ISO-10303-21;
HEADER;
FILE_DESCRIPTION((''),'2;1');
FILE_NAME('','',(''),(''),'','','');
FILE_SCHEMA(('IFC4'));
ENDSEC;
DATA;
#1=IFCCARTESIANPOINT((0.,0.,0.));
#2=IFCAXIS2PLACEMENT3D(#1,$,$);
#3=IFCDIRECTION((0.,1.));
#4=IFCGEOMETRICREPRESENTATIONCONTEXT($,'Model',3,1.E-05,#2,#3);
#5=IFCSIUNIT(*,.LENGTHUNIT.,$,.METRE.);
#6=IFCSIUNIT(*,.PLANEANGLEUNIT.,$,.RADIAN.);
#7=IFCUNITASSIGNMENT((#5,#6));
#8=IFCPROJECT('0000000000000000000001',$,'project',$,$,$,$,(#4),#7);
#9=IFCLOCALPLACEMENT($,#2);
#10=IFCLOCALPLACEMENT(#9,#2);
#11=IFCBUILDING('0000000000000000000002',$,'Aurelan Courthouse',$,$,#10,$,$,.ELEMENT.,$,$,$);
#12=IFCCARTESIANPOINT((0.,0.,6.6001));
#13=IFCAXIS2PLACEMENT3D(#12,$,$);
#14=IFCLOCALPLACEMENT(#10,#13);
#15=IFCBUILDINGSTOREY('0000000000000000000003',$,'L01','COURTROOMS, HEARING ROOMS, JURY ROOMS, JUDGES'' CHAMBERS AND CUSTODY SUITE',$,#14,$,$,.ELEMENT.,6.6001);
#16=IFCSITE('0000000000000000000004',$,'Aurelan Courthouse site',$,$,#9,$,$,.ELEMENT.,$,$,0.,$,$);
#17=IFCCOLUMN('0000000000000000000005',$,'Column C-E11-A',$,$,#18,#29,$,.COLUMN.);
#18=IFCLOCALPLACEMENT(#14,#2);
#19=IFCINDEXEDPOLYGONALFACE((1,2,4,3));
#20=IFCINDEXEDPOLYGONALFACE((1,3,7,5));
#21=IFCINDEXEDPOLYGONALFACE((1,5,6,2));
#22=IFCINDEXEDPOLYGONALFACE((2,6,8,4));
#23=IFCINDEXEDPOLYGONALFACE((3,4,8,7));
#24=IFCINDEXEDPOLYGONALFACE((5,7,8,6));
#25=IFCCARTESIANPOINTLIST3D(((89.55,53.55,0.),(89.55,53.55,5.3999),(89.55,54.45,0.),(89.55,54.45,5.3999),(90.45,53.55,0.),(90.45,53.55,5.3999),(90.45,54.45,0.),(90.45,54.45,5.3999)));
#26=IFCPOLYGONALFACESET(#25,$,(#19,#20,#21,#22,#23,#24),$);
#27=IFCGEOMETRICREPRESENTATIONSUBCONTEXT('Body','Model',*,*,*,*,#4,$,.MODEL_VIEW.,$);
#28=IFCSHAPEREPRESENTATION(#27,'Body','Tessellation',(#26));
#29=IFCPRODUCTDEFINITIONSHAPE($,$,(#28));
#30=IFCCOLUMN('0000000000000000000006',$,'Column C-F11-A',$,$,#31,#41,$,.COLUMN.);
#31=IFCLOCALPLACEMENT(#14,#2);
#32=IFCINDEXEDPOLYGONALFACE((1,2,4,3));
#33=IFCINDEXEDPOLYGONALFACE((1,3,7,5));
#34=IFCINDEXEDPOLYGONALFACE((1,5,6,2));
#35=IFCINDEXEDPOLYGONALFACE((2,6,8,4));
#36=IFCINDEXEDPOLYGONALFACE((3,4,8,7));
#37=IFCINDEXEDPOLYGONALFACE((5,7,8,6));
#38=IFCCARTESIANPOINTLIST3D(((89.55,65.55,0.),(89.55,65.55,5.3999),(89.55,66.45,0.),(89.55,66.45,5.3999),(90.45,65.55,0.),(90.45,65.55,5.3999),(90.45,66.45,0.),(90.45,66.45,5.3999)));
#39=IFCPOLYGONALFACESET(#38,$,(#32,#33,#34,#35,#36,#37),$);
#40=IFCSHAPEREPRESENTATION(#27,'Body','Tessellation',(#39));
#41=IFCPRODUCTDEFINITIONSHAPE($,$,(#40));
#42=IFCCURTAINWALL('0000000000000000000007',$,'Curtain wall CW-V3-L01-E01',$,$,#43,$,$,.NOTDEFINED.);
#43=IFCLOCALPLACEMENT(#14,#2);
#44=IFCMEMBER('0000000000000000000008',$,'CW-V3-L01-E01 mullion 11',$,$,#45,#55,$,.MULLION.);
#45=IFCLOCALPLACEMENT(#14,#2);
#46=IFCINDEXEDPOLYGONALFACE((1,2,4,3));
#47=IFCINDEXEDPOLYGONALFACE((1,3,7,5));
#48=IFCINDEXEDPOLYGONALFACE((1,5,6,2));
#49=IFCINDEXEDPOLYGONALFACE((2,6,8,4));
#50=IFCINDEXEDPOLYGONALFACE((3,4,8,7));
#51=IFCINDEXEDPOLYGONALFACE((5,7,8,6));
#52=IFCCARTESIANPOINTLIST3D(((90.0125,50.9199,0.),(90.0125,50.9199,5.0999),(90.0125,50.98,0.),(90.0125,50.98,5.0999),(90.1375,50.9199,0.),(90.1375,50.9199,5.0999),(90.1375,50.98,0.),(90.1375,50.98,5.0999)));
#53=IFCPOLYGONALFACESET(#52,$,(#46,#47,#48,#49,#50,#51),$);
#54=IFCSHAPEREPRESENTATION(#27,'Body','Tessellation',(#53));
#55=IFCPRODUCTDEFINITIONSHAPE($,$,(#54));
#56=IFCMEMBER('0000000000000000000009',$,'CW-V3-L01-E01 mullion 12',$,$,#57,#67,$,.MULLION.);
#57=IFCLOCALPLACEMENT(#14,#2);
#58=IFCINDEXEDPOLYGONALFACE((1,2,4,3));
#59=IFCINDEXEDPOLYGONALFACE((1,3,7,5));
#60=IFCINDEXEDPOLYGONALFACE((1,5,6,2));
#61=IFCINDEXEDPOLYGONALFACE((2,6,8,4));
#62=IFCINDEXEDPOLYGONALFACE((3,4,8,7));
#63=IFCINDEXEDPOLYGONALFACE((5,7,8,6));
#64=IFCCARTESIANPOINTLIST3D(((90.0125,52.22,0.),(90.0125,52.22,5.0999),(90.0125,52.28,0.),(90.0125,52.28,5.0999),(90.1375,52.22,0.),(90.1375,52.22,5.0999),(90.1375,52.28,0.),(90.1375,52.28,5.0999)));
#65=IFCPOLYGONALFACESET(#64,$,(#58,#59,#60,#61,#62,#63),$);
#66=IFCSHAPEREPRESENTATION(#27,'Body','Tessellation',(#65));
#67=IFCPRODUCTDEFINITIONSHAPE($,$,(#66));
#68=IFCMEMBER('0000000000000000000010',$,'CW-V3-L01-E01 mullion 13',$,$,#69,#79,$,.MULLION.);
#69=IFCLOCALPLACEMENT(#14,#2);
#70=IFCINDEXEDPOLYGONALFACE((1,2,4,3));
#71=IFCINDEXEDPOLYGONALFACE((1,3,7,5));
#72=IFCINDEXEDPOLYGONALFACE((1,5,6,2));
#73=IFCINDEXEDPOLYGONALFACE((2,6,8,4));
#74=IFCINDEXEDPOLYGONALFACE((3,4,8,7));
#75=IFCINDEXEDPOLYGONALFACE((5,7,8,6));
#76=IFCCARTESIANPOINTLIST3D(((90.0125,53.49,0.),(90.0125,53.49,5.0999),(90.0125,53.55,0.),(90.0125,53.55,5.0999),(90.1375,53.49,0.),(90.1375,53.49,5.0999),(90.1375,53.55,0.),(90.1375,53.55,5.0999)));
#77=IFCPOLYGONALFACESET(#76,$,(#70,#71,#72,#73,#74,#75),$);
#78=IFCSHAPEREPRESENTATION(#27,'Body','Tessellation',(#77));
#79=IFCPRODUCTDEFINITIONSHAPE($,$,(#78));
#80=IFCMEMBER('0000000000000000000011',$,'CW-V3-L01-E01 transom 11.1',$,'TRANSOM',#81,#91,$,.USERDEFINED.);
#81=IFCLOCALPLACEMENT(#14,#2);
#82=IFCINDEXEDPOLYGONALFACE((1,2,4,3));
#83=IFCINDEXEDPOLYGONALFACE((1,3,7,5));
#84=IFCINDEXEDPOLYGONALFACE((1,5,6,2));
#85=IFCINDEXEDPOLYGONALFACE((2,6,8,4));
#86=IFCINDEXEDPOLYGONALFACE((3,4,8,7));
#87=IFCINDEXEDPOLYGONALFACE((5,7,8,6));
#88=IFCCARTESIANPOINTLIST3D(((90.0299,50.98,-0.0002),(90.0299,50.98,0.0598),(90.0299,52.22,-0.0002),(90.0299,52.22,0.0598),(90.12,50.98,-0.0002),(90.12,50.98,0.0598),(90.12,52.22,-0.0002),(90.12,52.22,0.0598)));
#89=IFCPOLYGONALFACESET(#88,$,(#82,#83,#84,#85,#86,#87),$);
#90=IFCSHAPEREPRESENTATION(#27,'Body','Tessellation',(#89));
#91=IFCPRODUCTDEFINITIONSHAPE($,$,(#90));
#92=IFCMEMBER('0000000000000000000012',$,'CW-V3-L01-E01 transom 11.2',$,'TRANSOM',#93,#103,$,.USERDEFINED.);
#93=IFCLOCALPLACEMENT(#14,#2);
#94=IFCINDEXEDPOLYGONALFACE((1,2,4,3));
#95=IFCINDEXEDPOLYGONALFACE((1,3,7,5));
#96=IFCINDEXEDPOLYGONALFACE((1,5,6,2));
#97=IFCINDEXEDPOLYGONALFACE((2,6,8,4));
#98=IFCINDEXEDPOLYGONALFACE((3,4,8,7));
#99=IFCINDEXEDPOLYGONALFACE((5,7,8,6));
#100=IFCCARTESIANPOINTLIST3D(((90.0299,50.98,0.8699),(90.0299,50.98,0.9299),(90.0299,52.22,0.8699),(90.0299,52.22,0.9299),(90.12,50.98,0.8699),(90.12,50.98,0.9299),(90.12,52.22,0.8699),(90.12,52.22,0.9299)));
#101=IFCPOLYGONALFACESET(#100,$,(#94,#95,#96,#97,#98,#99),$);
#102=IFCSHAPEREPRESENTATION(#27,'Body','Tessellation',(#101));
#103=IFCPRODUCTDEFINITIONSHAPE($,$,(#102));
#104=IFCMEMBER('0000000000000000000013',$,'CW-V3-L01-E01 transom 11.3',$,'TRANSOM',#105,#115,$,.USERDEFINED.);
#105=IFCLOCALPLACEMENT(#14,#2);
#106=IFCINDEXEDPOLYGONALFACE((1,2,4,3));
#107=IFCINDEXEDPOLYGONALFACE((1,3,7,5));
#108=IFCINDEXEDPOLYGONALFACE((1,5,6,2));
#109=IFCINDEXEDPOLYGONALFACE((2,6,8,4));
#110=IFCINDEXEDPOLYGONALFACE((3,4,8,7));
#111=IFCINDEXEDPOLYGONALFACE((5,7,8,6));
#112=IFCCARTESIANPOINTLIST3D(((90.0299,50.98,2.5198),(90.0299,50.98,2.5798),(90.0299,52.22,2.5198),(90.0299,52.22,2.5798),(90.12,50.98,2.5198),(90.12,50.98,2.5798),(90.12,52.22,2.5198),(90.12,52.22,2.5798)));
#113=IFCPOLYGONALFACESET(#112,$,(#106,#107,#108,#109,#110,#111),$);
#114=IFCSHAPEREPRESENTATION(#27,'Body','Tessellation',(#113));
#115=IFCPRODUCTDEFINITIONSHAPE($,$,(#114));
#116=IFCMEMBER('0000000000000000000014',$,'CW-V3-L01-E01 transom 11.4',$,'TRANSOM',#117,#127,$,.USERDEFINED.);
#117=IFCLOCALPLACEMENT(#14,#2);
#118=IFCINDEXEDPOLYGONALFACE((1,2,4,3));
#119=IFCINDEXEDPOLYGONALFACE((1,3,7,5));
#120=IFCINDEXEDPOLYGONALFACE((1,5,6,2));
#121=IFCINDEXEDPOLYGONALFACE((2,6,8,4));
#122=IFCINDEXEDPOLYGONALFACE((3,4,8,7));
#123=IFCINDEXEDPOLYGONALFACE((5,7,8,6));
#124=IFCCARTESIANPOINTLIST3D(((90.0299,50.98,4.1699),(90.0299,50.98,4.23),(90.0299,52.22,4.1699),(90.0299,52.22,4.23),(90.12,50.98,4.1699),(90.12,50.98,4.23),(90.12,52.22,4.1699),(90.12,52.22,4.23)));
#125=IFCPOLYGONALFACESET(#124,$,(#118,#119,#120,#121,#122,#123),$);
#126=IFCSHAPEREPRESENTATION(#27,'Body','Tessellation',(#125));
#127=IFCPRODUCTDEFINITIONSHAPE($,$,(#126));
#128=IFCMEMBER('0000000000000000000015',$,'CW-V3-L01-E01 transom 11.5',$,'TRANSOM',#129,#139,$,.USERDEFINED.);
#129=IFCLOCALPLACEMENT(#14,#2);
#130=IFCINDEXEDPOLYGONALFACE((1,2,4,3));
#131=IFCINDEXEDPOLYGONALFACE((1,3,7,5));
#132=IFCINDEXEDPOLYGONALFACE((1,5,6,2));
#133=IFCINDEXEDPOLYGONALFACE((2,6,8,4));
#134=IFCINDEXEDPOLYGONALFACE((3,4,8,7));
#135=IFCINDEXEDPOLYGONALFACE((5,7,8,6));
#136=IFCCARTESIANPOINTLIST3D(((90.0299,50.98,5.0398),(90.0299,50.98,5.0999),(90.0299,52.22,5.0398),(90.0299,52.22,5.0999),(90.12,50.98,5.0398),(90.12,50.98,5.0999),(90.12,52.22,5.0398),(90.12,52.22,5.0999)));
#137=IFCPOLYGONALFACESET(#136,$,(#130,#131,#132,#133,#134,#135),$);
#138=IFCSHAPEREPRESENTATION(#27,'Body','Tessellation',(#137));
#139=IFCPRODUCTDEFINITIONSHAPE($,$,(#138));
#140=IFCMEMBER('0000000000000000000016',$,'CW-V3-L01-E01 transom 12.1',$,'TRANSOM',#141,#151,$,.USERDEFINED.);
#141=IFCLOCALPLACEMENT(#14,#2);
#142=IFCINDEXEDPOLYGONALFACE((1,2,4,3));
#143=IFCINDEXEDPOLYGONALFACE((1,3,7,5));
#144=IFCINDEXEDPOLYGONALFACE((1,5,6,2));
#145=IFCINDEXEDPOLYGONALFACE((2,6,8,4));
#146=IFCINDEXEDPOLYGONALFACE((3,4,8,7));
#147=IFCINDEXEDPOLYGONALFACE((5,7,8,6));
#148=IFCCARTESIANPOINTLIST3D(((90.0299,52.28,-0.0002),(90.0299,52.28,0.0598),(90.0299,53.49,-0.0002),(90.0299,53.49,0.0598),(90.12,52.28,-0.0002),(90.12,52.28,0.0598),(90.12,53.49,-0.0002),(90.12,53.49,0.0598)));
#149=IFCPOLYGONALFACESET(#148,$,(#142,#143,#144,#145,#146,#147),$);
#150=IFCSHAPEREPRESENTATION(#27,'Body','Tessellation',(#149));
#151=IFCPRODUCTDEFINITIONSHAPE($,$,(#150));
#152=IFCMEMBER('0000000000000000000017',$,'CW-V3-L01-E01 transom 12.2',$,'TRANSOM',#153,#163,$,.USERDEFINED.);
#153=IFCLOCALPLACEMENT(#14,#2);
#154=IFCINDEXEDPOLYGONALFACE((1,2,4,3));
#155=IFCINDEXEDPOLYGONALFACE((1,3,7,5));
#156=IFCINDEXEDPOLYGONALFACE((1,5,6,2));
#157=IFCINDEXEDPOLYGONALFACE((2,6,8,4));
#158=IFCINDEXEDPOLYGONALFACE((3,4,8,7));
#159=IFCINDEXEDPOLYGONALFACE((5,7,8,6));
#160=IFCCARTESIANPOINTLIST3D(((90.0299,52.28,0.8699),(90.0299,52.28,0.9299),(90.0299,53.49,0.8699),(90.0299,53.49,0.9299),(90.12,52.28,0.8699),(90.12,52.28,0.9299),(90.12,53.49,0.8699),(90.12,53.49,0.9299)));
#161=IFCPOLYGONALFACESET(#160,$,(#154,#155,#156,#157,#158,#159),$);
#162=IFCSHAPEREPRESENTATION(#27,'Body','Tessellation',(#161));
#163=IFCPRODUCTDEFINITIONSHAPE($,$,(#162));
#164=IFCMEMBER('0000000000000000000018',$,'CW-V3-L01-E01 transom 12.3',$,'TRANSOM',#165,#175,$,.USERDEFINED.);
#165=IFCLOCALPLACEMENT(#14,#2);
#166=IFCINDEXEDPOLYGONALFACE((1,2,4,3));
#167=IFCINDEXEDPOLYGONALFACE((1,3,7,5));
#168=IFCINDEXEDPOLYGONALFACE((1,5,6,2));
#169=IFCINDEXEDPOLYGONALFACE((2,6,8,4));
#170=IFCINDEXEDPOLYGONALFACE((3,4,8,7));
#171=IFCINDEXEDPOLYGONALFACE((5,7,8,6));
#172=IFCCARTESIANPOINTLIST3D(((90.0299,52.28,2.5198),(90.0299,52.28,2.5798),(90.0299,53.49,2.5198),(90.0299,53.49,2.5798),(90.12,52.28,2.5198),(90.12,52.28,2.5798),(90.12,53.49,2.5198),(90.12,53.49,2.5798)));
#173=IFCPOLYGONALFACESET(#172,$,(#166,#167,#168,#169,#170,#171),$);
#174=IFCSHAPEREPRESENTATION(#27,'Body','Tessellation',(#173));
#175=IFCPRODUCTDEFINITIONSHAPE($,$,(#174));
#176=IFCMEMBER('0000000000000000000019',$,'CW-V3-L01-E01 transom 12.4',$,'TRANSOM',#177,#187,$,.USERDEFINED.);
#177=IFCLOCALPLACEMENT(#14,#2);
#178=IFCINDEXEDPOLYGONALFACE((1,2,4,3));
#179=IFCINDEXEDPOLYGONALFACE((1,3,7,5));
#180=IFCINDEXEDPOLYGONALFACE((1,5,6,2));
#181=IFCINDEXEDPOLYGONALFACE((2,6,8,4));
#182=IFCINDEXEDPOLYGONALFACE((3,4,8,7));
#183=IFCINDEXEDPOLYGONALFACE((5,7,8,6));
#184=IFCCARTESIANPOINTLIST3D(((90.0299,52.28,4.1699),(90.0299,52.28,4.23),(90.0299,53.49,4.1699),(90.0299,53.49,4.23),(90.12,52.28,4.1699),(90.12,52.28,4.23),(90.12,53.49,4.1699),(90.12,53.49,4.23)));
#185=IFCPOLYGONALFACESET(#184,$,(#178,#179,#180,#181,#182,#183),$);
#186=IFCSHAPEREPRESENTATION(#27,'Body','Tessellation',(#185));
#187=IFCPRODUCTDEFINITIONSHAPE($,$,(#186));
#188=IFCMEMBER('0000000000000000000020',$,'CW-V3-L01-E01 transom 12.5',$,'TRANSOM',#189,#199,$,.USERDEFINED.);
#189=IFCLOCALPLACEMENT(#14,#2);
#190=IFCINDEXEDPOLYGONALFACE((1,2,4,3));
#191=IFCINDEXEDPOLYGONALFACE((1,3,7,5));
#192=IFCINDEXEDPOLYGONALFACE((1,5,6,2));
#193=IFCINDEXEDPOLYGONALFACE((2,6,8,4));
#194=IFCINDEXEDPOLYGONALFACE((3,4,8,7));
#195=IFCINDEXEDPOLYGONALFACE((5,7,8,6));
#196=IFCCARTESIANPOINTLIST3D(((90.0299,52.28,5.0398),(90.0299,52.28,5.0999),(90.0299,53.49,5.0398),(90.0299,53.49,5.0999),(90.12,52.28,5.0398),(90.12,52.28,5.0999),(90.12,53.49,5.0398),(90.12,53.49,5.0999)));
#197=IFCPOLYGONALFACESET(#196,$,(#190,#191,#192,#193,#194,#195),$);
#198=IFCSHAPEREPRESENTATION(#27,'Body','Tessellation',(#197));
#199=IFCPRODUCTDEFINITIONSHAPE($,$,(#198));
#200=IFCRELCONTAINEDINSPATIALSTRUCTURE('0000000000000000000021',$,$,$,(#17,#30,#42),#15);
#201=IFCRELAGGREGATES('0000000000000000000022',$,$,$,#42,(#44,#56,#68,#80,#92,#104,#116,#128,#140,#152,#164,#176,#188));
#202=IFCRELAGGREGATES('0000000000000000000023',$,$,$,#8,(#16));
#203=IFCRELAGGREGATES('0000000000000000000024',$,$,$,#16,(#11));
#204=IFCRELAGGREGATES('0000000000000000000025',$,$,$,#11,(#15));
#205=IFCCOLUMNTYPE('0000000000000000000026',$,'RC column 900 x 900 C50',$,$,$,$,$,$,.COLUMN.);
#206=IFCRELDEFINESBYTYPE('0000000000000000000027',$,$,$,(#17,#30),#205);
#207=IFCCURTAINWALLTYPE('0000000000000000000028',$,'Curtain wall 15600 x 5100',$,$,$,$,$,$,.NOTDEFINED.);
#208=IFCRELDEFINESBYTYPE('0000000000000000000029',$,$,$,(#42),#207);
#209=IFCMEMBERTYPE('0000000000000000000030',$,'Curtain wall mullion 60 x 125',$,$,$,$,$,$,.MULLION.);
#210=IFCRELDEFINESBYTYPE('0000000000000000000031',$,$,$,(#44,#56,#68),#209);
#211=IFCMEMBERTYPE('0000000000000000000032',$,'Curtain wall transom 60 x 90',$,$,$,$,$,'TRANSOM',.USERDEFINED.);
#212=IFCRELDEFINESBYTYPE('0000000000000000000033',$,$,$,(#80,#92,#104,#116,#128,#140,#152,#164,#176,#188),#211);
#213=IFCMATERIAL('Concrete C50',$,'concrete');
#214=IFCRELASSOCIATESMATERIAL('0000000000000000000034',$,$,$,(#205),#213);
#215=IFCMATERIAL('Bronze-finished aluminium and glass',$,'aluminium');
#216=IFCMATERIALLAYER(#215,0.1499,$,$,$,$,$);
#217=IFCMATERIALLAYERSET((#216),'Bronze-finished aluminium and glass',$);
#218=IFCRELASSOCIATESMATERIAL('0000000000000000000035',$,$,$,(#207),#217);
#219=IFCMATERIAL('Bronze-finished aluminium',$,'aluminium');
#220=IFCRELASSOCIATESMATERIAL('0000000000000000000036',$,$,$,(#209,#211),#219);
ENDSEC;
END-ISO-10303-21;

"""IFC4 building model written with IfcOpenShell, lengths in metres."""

from ifc_helpers import new_model, si_unit, direction, frame, origin, origin_2d, place, context, subcontext, project, spatial, rectangle, extrude, material, layer, layer_set, material_profile, profile_set, type_object, element, aggregate, save


model = new_model("IFC4")

# Units and contexts
model_context = context("Model", 3, precision=1e-05, world=origin(), true_north=direction((0.0, 1.0)))
body_context = subcontext(model_context, "Body", "Model", "MODEL_VIEW")
ifc_project = project(units=[si_unit("LENGTHUNIT", "METRE"), si_unit("PLANEANGLEUNIT", "RADIAN")], contexts=[model_context])

# Site, building, storey
site_placement = place(None, origin())
site = spatial("IfcSite", under=ifc_project, at=site_placement, Name="Aurelan Courthouse site", CompositionType="ELEMENT", RefElevation=0.0)
building_placement = place(site_placement, origin())
building = spatial("IfcBuilding", under=site, at=building_placement, Name="Aurelan Courthouse", CompositionType="ELEMENT")
storey_placement = place(building_placement, frame((0.0, 0.0, 6.6001)))
storey = spatial("IfcBuildingStorey", under=building, at=storey_placement, Name="L01", Description="COURTROOMS, HEARING ROOMS, JURY ROOMS, JUDGES' CHAMBERS AND CUSTODY SUITE", CompositionType="ELEMENT", Elevation=6.6001)

# Columns
ifc_material_1 = material(Name="Concrete C50", Category="concrete")
ifc_material_profile_1 = material_profile(ifc_material_1, rectangle(XDim=0.8999, YDim=0.8999, at=origin_2d()), Name="RC 900 x 900")
ifc_profile_set_1 = profile_set([ifc_material_profile_1], Name="Concrete C50")
column_type = type_object("IfcColumnType", Name="RC column 900 x 900 C50", PredefinedType="COLUMN", material=ifc_profile_set_1)
for number, where, z_axis, x_axis, name in (
    (1, (90.0, 54.0, 0.0), (0.0, 0.0, 1.0), (1.0, 0.0, 0.0), "Column C-E11-A"),
    (2, (90.0, 66.0, 0.0), (0.0, 0.0, 1.0), (1.0, 0.0, 0.0), "Column C-F11-A"),
):
    element("IfcColumn", number, at=place(storey_placement, frame(where, z_axis=z_axis, x_axis=x_axis)), inside=storey, type_object=column_type, Name=name, PredefinedType="COLUMN", context=body_context, shape_type="SweptSolid", body=[
        extrude(rectangle(XDim=0.8999, YDim=0.8999, at=origin_2d()), origin(), (0.0, 0.0, 1.0), 5.3999),
    ])

# Curtain wall, members
ifc_material_2 = material(Name="Bronze-finished aluminium and glass", Category="aluminium")
ifc_layer_1 = layer(ifc_material_2, 0.1499)
ifc_layer_set_1 = layer_set([ifc_layer_1], Name="Bronze-finished aluminium and glass")
curtain_wall_type = type_object("IfcCurtainWallType", Name="Curtain wall 15600 x 5100", PredefinedType="NOTDEFINED", material=ifc_layer_set_1)
curtain_wall_placement = place(storey_placement, origin())
curtain_wall = element("IfcCurtainWall", 3, at=curtain_wall_placement, inside=storey, type_object=curtain_wall_type, Name="Curtain wall CW-V3-L01-E01", PredefinedType="NOTDEFINED")
ifc_material_3 = material(Name="Bronze-finished aluminium", Category="aluminium")
ifc_material_profile_2 = material_profile(ifc_material_3, rectangle(XDim=0.125, YDim=0.0601, at=origin_2d()), Name="Bronze mullion 60 x 125")
ifc_profile_set_2 = profile_set([ifc_material_profile_2], Name="Bronze-finished aluminium")
member_type_1 = type_object("IfcMemberType", Name="Curtain wall mullion 60 x 125", PredefinedType="MULLION", material=ifc_profile_set_2)
member_1_placement = place(storey_placement, frame((90.075, 50.95, 0.0), z_axis=(0.0, 0.0, 1.0), x_axis=(-1.0, 0.0, 0.0)))
member_1 = element("IfcMember", 4, at=member_1_placement, type_object=member_type_1, Name="CW-V3-L01-E01 mullion 11", PredefinedType="MULLION", context=body_context, shape_type="SweptSolid", body=[
    extrude(rectangle(XDim=0.125, YDim=0.0601, at=origin_2d()), origin(), (0.0, 0.0, 1.0), 5.0999),
])
member_2_placement = place(storey_placement, frame((90.075, 52.25, 0.0), z_axis=(0.0, 0.0, 1.0), x_axis=(-1.0, 0.0, 0.0)))
member_2 = element("IfcMember", 5, at=member_2_placement, type_object=member_type_1, Name="CW-V3-L01-E01 mullion 12", PredefinedType="MULLION", context=body_context, shape_type="SweptSolid", body=[
    extrude(rectangle(XDim=0.125, YDim=0.0601, at=origin_2d()), origin(), (0.0, 0.0, 1.0), 5.0999),
])
member_3_placement = place(storey_placement, frame((90.075, 53.52, 0.0), z_axis=(0.0, 0.0, 1.0), x_axis=(-1.0, 0.0, 0.0)))
member_3 = element("IfcMember", 6, at=member_3_placement, type_object=member_type_1, Name="CW-V3-L01-E01 mullion 13", PredefinedType="MULLION", context=body_context, shape_type="SweptSolid", body=[
    extrude(rectangle(XDim=0.125, YDim=0.0601, at=origin_2d()), origin(), (0.0, 0.0, 1.0), 5.0999),
])
ifc_material_profile_3 = material_profile(ifc_material_3, rectangle(XDim=0.0901, YDim=0.0601, at=origin_2d()), Name="Bronze transom 60 x 90")
ifc_profile_set_3 = profile_set([ifc_material_profile_3], Name="Bronze-finished aluminium")
member_type_2 = type_object("IfcMemberType", Name="Curtain wall transom 60 x 90", ElementType="TRANSOM", PredefinedType="USERDEFINED", material=ifc_profile_set_3)
member_4_placement = place(storey_placement, frame((90.075, 50.98, 0.0298), z_axis=(0.0, 1.0, 0.0), x_axis=(-1.0, 0.0, 0.0)))
member_4 = element("IfcMember", 7, at=member_4_placement, type_object=member_type_2, Name="CW-V3-L01-E01 transom 11.1", ObjectType="TRANSOM", PredefinedType="USERDEFINED", context=body_context, shape_type="SweptSolid", body=[
    extrude(rectangle(XDim=0.0901, YDim=0.0601, at=origin_2d()), origin(), (0.0, 0.0, 1.0), 1.24),
])
member_5_placement = place(storey_placement, frame((90.075, 50.98, 0.8999), z_axis=(0.0, 1.0, 0.0), x_axis=(-1.0, 0.0, 0.0)))
member_5 = element("IfcMember", 8, at=member_5_placement, type_object=member_type_2, Name="CW-V3-L01-E01 transom 11.2", ObjectType="TRANSOM", PredefinedType="USERDEFINED", context=body_context, shape_type="SweptSolid", body=[
    extrude(rectangle(XDim=0.0901, YDim=0.0601, at=origin_2d()), origin(), (0.0, 0.0, 1.0), 1.24),
])
member_6_placement = place(storey_placement, frame((90.075, 50.98, 2.5498), z_axis=(0.0, 1.0, 0.0), x_axis=(-1.0, 0.0, 0.0)))
member_6 = element("IfcMember", 9, at=member_6_placement, type_object=member_type_2, Name="CW-V3-L01-E01 transom 11.3", ObjectType="TRANSOM", PredefinedType="USERDEFINED", context=body_context, shape_type="SweptSolid", body=[
    extrude(rectangle(XDim=0.0901, YDim=0.0601, at=origin_2d()), origin(), (0.0, 0.0, 1.0), 1.24),
])
member_7_placement = place(storey_placement, frame((90.075, 50.98, 4.2), z_axis=(0.0, 1.0, 0.0), x_axis=(-1.0, 0.0, 0.0)))
member_7 = element("IfcMember", 10, at=member_7_placement, type_object=member_type_2, Name="CW-V3-L01-E01 transom 11.4", ObjectType="TRANSOM", PredefinedType="USERDEFINED", context=body_context, shape_type="SweptSolid", body=[
    extrude(rectangle(XDim=0.0901, YDim=0.0601, at=origin_2d()), origin(), (0.0, 0.0, 1.0), 1.24),
])
member_8_placement = place(storey_placement, frame((90.075, 50.98, 5.0698), z_axis=(0.0, 1.0, 0.0), x_axis=(-1.0, 0.0, 0.0)))
member_8 = element("IfcMember", 11, at=member_8_placement, type_object=member_type_2, Name="CW-V3-L01-E01 transom 11.5", ObjectType="TRANSOM", PredefinedType="USERDEFINED", context=body_context, shape_type="SweptSolid", body=[
    extrude(rectangle(XDim=0.0901, YDim=0.0601, at=origin_2d()), origin(), (0.0, 0.0, 1.0), 1.24),
])
member_9_placement = place(storey_placement, frame((90.075, 52.28, 0.0298), z_axis=(0.0, 1.0, 0.0), x_axis=(-1.0, 0.0, 0.0)))
member_9 = element("IfcMember", 12, at=member_9_placement, type_object=member_type_2, Name="CW-V3-L01-E01 transom 12.1", ObjectType="TRANSOM", PredefinedType="USERDEFINED", context=body_context, shape_type="SweptSolid", body=[
    extrude(rectangle(XDim=0.0901, YDim=0.0601, at=origin_2d()), origin(), (0.0, 0.0, 1.0), 1.21),
])
member_10_placement = place(storey_placement, frame((90.075, 52.28, 0.8999), z_axis=(0.0, 1.0, 0.0), x_axis=(-1.0, 0.0, 0.0)))
member_10 = element("IfcMember", 13, at=member_10_placement, type_object=member_type_2, Name="CW-V3-L01-E01 transom 12.2", ObjectType="TRANSOM", PredefinedType="USERDEFINED", context=body_context, shape_type="SweptSolid", body=[
    extrude(rectangle(XDim=0.0901, YDim=0.0601, at=origin_2d()), origin(), (0.0, 0.0, 1.0), 1.21),
])
member_11_placement = place(storey_placement, frame((90.075, 52.28, 2.5498), z_axis=(0.0, 1.0, 0.0), x_axis=(-1.0, 0.0, 0.0)))
member_11 = element("IfcMember", 14, at=member_11_placement, type_object=member_type_2, Name="CW-V3-L01-E01 transom 12.3", ObjectType="TRANSOM", PredefinedType="USERDEFINED", context=body_context, shape_type="SweptSolid", body=[
    extrude(rectangle(XDim=0.0901, YDim=0.0601, at=origin_2d()), origin(), (0.0, 0.0, 1.0), 1.21),
])
member_12_placement = place(storey_placement, frame((90.075, 52.28, 4.2), z_axis=(0.0, 1.0, 0.0), x_axis=(-1.0, 0.0, 0.0)))
member_12 = element("IfcMember", 15, at=member_12_placement, type_object=member_type_2, Name="CW-V3-L01-E01 transom 12.4", ObjectType="TRANSOM", PredefinedType="USERDEFINED", context=body_context, shape_type="SweptSolid", body=[
    extrude(rectangle(XDim=0.0901, YDim=0.0601, at=origin_2d()), origin(), (0.0, 0.0, 1.0), 1.21),
])
member_13_placement = place(storey_placement, frame((90.075, 52.28, 5.0698), z_axis=(0.0, 1.0, 0.0), x_axis=(-1.0, 0.0, 0.0)))
member_13 = element("IfcMember", 16, at=member_13_placement, type_object=member_type_2, Name="CW-V3-L01-E01 transom 12.5", ObjectType="TRANSOM", PredefinedType="USERDEFINED", context=body_context, shape_type="SweptSolid", body=[
    extrude(rectangle(XDim=0.0901, YDim=0.0601, at=origin_2d()), origin(), (0.0, 0.0, 1.0), 1.21),
])

aggregate(curtain_wall, [member_1, member_2, member_3, member_4, member_5, member_6, member_7, member_8, member_9, member_10, member_11, member_12, member_13])

save(model, "model.ifc")
